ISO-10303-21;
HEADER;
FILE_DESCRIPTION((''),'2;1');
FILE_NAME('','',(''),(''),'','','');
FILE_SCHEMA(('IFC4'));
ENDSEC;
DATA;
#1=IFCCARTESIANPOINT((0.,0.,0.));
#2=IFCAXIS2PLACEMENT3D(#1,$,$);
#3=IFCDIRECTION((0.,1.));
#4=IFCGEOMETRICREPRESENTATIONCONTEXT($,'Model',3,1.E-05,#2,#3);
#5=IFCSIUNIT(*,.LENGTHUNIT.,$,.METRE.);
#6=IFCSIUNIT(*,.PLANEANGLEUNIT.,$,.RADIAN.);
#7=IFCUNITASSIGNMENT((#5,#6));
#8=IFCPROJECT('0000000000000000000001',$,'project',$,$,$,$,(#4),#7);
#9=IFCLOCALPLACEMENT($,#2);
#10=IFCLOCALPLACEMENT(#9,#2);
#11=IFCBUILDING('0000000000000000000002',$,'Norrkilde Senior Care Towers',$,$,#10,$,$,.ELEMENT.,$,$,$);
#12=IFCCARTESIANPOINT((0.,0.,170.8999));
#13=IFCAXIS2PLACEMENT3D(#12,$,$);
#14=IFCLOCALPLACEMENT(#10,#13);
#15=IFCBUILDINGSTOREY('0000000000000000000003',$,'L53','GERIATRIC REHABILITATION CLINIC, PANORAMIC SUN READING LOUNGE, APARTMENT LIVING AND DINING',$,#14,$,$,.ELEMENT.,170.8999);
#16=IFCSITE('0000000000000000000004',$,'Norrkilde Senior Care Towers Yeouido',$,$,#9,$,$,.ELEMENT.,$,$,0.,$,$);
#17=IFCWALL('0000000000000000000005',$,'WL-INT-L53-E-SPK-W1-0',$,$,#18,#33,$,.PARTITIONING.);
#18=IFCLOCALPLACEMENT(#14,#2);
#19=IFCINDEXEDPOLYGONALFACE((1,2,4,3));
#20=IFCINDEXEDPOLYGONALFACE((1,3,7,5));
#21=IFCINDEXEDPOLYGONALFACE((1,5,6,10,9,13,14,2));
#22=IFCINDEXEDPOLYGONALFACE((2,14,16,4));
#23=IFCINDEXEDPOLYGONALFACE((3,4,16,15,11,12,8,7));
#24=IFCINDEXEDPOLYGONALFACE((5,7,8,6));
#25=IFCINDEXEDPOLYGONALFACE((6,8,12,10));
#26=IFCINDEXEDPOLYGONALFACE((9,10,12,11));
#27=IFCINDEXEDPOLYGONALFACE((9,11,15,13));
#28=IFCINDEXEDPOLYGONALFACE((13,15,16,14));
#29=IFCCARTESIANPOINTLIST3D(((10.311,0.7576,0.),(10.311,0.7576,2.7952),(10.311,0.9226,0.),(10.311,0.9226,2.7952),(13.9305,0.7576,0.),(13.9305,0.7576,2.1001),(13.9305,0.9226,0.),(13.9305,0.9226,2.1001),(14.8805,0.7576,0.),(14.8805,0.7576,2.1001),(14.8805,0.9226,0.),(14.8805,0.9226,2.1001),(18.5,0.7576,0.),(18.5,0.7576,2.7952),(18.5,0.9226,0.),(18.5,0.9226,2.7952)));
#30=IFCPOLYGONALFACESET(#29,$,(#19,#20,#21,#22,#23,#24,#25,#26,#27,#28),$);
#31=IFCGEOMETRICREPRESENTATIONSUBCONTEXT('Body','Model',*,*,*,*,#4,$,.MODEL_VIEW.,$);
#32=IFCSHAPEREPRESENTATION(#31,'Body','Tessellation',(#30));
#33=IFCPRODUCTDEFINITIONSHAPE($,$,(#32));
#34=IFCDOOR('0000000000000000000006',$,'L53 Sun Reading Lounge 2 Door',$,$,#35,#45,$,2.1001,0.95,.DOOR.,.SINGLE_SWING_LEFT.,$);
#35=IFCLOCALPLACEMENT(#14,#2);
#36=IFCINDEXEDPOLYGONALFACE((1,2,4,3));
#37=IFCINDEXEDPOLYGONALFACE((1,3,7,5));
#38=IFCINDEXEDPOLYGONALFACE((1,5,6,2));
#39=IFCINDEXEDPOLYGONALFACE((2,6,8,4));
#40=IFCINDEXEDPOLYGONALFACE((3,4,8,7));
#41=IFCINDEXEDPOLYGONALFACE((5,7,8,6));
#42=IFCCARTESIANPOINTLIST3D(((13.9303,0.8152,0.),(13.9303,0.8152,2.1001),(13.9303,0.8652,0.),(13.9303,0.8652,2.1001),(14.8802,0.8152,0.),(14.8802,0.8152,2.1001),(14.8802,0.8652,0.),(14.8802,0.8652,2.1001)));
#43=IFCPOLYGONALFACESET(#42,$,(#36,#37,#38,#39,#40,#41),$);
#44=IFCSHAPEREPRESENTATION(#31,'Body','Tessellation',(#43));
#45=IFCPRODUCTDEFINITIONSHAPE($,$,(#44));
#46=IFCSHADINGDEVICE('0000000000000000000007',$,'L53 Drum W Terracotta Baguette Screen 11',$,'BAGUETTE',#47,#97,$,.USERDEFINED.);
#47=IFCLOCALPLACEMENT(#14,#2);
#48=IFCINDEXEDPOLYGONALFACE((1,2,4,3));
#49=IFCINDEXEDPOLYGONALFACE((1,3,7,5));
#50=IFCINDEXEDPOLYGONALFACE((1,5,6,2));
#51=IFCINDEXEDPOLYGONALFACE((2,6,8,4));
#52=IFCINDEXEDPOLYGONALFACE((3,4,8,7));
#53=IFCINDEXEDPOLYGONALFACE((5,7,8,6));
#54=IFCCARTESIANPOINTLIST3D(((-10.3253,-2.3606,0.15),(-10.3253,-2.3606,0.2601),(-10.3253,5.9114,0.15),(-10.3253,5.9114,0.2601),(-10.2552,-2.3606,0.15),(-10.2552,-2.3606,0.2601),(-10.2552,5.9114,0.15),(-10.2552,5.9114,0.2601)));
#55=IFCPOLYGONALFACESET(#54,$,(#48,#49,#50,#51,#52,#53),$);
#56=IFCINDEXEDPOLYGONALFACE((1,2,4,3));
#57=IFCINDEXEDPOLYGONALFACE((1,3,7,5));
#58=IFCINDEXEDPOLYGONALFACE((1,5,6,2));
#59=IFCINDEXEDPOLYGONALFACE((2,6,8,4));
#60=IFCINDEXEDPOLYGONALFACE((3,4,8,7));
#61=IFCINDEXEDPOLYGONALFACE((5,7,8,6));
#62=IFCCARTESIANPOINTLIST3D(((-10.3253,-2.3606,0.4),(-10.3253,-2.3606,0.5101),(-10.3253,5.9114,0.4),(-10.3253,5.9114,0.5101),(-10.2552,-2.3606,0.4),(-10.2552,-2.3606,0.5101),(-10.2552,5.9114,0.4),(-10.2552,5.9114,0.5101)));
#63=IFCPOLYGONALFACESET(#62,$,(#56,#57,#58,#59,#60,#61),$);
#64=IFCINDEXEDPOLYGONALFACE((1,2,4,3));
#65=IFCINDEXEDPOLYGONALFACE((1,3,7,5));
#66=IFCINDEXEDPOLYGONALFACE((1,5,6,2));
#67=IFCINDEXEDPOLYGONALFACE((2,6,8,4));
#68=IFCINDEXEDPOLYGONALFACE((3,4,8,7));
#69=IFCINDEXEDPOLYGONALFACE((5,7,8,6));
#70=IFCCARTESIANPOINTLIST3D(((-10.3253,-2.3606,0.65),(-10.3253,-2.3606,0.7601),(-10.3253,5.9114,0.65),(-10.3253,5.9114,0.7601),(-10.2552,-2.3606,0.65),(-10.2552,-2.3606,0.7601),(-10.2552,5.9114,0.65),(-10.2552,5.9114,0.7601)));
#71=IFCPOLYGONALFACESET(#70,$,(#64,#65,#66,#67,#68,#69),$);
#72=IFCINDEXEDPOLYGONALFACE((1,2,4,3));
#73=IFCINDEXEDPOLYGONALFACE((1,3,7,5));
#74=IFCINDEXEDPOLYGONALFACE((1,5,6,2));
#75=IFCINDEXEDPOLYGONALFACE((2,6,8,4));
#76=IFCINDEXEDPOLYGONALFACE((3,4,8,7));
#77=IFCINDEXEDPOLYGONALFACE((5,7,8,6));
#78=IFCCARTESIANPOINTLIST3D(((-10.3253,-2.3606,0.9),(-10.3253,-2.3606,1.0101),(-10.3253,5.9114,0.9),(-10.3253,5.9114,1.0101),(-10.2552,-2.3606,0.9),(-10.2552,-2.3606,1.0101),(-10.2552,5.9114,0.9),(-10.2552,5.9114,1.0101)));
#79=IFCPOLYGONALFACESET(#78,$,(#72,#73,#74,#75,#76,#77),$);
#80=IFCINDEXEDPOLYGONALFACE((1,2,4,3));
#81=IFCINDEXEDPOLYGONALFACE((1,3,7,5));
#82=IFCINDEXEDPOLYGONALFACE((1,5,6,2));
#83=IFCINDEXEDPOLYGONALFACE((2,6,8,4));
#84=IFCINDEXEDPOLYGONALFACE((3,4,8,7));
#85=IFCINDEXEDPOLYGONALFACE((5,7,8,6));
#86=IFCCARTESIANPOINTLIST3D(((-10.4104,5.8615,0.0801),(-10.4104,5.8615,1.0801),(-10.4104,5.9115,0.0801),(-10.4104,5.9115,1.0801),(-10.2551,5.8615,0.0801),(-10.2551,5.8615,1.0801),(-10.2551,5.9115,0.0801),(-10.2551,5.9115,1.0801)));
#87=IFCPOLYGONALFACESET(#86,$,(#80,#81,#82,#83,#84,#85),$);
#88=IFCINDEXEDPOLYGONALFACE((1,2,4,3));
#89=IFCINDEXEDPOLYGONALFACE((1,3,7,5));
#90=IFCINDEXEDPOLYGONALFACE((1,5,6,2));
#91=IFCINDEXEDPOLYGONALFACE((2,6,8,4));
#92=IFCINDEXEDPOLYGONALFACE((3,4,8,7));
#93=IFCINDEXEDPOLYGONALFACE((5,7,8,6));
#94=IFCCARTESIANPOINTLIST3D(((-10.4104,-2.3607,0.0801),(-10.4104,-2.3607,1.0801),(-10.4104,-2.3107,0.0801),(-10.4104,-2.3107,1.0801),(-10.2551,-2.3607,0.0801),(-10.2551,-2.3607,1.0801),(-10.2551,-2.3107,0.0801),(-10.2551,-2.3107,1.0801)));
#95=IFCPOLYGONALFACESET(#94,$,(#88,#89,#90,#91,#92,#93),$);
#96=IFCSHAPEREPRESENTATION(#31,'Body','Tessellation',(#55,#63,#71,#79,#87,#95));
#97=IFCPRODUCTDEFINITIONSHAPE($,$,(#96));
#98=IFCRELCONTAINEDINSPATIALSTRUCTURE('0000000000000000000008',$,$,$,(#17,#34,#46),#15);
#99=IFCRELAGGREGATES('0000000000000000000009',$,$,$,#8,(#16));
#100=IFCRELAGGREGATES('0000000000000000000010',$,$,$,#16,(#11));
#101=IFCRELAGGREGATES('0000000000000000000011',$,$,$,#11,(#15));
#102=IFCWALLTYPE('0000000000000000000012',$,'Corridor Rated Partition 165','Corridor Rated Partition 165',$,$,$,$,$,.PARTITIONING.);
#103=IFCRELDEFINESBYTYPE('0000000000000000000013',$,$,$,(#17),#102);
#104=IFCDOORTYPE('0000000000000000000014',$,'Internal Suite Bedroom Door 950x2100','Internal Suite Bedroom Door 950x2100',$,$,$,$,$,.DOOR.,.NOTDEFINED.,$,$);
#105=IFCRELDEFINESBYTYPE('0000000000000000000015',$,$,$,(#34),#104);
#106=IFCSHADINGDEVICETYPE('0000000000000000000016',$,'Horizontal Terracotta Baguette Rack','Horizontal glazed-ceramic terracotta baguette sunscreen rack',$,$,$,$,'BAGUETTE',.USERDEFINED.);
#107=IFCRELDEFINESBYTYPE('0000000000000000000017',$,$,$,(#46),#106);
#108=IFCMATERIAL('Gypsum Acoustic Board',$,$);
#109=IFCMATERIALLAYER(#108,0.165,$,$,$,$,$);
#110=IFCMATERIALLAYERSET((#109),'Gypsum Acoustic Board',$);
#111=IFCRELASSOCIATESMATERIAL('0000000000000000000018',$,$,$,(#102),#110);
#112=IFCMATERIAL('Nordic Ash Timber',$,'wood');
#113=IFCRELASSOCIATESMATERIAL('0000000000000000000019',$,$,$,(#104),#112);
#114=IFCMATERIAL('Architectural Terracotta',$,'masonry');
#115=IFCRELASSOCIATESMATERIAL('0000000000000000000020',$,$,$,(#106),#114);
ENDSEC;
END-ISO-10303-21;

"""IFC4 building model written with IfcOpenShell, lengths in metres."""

from ifc_helpers import new_model, si_unit, direction, frame, frame_2d, origin, origin_2d, place, context, subcontext, project, spatial, rectangle, extrude, source, transform, mapped, material, layer, layer_set, type_object, type_shapes, element, fill, save


model = new_model("IFC4")

# Units and contexts
model_context = context("Model", 3, precision=1e-05, world=origin(), true_north=direction((0.0, 1.0)))
body_context = subcontext(model_context, "Body", "Model", "MODEL_VIEW")
ifc_project = project(units=[si_unit("LENGTHUNIT", "METRE"), si_unit("PLANEANGLEUNIT", "RADIAN")], contexts=[model_context])

# Site, building, storey
site_placement = place(None, origin())
site = spatial("IfcSite", under=ifc_project, at=site_placement, Name="Norrkilde Senior Care Towers Yeouido", CompositionType="ELEMENT", RefElevation=0.0)
building_placement = place(site_placement, origin())
building = spatial("IfcBuilding", under=site, at=building_placement, Name="Norrkilde Senior Care Towers", CompositionType="ELEMENT")
storey_placement = place(building_placement, frame((0.0, 0.0, 170.8999)))
storey = spatial("IfcBuildingStorey", under=building, at=storey_placement, Name="L53", Description="GERIATRIC REHABILITATION CLINIC, PANORAMIC SUN READING LOUNGE, APARTMENT LIVING AND DINING", CompositionType="ELEMENT", Elevation=170.8999)

# Shared definitions
ifc_material_1 = material(Name="Gypsum Acoustic Board")
ifc_layer_1 = layer(ifc_material_1, 0.165)
ifc_layer_set_1 = layer_set([ifc_layer_1], Name="Gypsum Acoustic Board")
wall_type = type_object("IfcWallType", Name="Corridor Rated Partition 165", Description="Corridor Rated Partition 165", PredefinedType="PARTITIONING", material=ifc_layer_set_1)
shared_shape_1 = source(origin(), body_context, "Body", "SweptSolid", [
    extrude(rectangle(XDim=8.189, YDim=0.165, at=frame_2d((4.0945, 0.0))), origin(), (0.0, 0.0, 1.0), 2.7952),
])
type_shapes(wall_type, [shared_shape_1])

# Wall, opening, door
wall_1_placement = place(storey_placement, frame((10.311, 0.8401, 0.0), z_axis=(0.0, 0.0, 1.0), x_axis=(1.0, 0.0, 0.0)))
wall_1 = element("IfcWall", 1, at=wall_1_placement, inside=storey, type_object=wall_type, Name="WL-INT-L53-E-SPK-W1-0", PredefinedType="PARTITIONING", context=body_context, shape_type="MappedRepresentation", body=[
    mapped(shared_shape_1, transform((0.0, 0.0, 0.0), x_axis=(1.0, 0.0, 0.0), y_axis=(0.0, 1.0, 0.0), z_axis=(0.0, 0.0, 1.0), scale=1.0)),
])
opening_placement = place(wall_1_placement, frame((3.6194, 0.0, 0.0)))
opening = element("IfcOpeningElement", 2, at=opening_placement, cuts=wall_1, PredefinedType="OPENING", context=body_context, shape_type="SweptSolid", body=[
    extrude(rectangle(XDim=0.95, YDim=2.1001, at=frame_2d((0.4751, 1.05))), frame((0.0, 0.0925, 0.0), z_axis=(0.0, -1.0, 0.0), x_axis=(1.0, 0.0, 0.0)), (0.0, 0.0, 1.0), 0.1851),
])
ifc_material_2 = material(Name="Nordic Ash Timber", Category="wood")
door_type = type_object("IfcDoorType", Name="Internal Suite Bedroom Door 950x2100", Description="Internal Suite Bedroom Door 950x2100", OperationType="NOTDEFINED", PredefinedType="DOOR", material=ifc_material_2)
shared_shape_2 = source(origin(), body_context, "Body", "SweptSolid", [
    extrude(rectangle(XDim=0.95, YDim=2.1001, at=frame_2d((0.4751, 1.05))), frame((0.0, 0.0249, 0.0), z_axis=(0.0, -1.0, 0.0), x_axis=(1.0, 0.0, 0.0)), (0.0, 0.0, 1.0), 0.05),
])
type_shapes(door_type, [shared_shape_2])
door_placement = place(opening_placement, frame((0.95, 0.0, 0.0), z_axis=(0.0, 0.0, 1.0), x_axis=(-1.0, 0.0, 0.0)))
door = element("IfcDoor", 3, at=door_placement, inside=storey, type_object=door_type, Name="L53 Sun Reading Lounge 2 Door", OperationType="SINGLE_SWING_LEFT", OverallHeight=2.1001, OverallWidth=0.95, PredefinedType="DOOR", context=body_context, shape_type="MappedRepresentation", body=[
    mapped(shared_shape_2, transform((0.0, 0.0, 0.0), x_axis=(1.0, 0.0, 0.0), y_axis=(0.0, 1.0, 0.0), z_axis=(0.0, 0.0, 1.0), scale=1.0)),
])
fill(opening, door)

# Shading device
ifc_material_3 = material(Name="Architectural Terracotta", Category="masonry")
shading_device_type = type_object("IfcShadingDeviceType", Name="Horizontal Terracotta Baguette Rack", Description="Horizontal glazed-ceramic terracotta baguette sunscreen rack", ElementType="BAGUETTE", PredefinedType="USERDEFINED", material=ifc_material_3)
shared_shape_3 = source(origin(), body_context, "Body", "SweptSolid", [
    extrude(rectangle(XDim=0.0701, YDim=0.1101, at=origin_2d()), frame((0.0, 0.0901, 0.125), z_axis=(1.0, 0.0, 0.0), x_axis=(0.0, 1.0, 0.0)), (0.0, 0.0, 1.0), 8.272),
    extrude(rectangle(XDim=0.0701, YDim=0.1101, at=origin_2d()), frame((0.0, 0.0901, 0.375), z_axis=(1.0, 0.0, 0.0), x_axis=(0.0, 1.0, 0.0)), (0.0, 0.0, 1.0), 8.272),
    extrude(rectangle(XDim=0.0701, YDim=0.1101, at=origin_2d()), frame((0.0, 0.0901, 0.625), z_axis=(1.0, 0.0, 0.0), x_axis=(0.0, 1.0, 0.0)), (0.0, 0.0, 1.0), 8.272),
    extrude(rectangle(XDim=0.0701, YDim=0.1101, at=origin_2d()), frame((0.0, 0.0901, 0.875), z_axis=(1.0, 0.0, 0.0), x_axis=(0.0, 1.0, 0.0)), (0.0, 0.0, 1.0), 8.272),
    extrude(rectangle(XDim=0.05, YDim=0.1553, at=origin_2d()), frame((0.0249, 0.0476, 0.0)), (0.0, 0.0, 1.0), 1.0),
    extrude(rectangle(XDim=0.05, YDim=0.1553, at=origin_2d()), frame((8.2471, 0.0476, 0.0)), (0.0, 0.0, 1.0), 1.0),
])
type_shapes(shading_device_type, [shared_shape_3])
shading_device_placement = place(storey_placement, frame((-10.3804, 5.9114, 0.0801), z_axis=(0.0, 0.0, 1.0), x_axis=(0.0, -1.0, 0.0)))
element("IfcShadingDevice", 4, at=shading_device_placement, inside=storey, type_object=shading_device_type, Name="L53 Drum W Terracotta Baguette Screen 11", ObjectType="BAGUETTE", PredefinedType="USERDEFINED", context=body_context, shape_type="MappedRepresentation", body=[
    mapped(shared_shape_3, transform((0.0, 0.0, 0.0), x_axis=(1.0, 0.0, 0.0), y_axis=(0.0, 1.0, 0.0), z_axis=(0.0, 0.0, 1.0), scale=1.0)),
])

save(model, "model.ifc")
